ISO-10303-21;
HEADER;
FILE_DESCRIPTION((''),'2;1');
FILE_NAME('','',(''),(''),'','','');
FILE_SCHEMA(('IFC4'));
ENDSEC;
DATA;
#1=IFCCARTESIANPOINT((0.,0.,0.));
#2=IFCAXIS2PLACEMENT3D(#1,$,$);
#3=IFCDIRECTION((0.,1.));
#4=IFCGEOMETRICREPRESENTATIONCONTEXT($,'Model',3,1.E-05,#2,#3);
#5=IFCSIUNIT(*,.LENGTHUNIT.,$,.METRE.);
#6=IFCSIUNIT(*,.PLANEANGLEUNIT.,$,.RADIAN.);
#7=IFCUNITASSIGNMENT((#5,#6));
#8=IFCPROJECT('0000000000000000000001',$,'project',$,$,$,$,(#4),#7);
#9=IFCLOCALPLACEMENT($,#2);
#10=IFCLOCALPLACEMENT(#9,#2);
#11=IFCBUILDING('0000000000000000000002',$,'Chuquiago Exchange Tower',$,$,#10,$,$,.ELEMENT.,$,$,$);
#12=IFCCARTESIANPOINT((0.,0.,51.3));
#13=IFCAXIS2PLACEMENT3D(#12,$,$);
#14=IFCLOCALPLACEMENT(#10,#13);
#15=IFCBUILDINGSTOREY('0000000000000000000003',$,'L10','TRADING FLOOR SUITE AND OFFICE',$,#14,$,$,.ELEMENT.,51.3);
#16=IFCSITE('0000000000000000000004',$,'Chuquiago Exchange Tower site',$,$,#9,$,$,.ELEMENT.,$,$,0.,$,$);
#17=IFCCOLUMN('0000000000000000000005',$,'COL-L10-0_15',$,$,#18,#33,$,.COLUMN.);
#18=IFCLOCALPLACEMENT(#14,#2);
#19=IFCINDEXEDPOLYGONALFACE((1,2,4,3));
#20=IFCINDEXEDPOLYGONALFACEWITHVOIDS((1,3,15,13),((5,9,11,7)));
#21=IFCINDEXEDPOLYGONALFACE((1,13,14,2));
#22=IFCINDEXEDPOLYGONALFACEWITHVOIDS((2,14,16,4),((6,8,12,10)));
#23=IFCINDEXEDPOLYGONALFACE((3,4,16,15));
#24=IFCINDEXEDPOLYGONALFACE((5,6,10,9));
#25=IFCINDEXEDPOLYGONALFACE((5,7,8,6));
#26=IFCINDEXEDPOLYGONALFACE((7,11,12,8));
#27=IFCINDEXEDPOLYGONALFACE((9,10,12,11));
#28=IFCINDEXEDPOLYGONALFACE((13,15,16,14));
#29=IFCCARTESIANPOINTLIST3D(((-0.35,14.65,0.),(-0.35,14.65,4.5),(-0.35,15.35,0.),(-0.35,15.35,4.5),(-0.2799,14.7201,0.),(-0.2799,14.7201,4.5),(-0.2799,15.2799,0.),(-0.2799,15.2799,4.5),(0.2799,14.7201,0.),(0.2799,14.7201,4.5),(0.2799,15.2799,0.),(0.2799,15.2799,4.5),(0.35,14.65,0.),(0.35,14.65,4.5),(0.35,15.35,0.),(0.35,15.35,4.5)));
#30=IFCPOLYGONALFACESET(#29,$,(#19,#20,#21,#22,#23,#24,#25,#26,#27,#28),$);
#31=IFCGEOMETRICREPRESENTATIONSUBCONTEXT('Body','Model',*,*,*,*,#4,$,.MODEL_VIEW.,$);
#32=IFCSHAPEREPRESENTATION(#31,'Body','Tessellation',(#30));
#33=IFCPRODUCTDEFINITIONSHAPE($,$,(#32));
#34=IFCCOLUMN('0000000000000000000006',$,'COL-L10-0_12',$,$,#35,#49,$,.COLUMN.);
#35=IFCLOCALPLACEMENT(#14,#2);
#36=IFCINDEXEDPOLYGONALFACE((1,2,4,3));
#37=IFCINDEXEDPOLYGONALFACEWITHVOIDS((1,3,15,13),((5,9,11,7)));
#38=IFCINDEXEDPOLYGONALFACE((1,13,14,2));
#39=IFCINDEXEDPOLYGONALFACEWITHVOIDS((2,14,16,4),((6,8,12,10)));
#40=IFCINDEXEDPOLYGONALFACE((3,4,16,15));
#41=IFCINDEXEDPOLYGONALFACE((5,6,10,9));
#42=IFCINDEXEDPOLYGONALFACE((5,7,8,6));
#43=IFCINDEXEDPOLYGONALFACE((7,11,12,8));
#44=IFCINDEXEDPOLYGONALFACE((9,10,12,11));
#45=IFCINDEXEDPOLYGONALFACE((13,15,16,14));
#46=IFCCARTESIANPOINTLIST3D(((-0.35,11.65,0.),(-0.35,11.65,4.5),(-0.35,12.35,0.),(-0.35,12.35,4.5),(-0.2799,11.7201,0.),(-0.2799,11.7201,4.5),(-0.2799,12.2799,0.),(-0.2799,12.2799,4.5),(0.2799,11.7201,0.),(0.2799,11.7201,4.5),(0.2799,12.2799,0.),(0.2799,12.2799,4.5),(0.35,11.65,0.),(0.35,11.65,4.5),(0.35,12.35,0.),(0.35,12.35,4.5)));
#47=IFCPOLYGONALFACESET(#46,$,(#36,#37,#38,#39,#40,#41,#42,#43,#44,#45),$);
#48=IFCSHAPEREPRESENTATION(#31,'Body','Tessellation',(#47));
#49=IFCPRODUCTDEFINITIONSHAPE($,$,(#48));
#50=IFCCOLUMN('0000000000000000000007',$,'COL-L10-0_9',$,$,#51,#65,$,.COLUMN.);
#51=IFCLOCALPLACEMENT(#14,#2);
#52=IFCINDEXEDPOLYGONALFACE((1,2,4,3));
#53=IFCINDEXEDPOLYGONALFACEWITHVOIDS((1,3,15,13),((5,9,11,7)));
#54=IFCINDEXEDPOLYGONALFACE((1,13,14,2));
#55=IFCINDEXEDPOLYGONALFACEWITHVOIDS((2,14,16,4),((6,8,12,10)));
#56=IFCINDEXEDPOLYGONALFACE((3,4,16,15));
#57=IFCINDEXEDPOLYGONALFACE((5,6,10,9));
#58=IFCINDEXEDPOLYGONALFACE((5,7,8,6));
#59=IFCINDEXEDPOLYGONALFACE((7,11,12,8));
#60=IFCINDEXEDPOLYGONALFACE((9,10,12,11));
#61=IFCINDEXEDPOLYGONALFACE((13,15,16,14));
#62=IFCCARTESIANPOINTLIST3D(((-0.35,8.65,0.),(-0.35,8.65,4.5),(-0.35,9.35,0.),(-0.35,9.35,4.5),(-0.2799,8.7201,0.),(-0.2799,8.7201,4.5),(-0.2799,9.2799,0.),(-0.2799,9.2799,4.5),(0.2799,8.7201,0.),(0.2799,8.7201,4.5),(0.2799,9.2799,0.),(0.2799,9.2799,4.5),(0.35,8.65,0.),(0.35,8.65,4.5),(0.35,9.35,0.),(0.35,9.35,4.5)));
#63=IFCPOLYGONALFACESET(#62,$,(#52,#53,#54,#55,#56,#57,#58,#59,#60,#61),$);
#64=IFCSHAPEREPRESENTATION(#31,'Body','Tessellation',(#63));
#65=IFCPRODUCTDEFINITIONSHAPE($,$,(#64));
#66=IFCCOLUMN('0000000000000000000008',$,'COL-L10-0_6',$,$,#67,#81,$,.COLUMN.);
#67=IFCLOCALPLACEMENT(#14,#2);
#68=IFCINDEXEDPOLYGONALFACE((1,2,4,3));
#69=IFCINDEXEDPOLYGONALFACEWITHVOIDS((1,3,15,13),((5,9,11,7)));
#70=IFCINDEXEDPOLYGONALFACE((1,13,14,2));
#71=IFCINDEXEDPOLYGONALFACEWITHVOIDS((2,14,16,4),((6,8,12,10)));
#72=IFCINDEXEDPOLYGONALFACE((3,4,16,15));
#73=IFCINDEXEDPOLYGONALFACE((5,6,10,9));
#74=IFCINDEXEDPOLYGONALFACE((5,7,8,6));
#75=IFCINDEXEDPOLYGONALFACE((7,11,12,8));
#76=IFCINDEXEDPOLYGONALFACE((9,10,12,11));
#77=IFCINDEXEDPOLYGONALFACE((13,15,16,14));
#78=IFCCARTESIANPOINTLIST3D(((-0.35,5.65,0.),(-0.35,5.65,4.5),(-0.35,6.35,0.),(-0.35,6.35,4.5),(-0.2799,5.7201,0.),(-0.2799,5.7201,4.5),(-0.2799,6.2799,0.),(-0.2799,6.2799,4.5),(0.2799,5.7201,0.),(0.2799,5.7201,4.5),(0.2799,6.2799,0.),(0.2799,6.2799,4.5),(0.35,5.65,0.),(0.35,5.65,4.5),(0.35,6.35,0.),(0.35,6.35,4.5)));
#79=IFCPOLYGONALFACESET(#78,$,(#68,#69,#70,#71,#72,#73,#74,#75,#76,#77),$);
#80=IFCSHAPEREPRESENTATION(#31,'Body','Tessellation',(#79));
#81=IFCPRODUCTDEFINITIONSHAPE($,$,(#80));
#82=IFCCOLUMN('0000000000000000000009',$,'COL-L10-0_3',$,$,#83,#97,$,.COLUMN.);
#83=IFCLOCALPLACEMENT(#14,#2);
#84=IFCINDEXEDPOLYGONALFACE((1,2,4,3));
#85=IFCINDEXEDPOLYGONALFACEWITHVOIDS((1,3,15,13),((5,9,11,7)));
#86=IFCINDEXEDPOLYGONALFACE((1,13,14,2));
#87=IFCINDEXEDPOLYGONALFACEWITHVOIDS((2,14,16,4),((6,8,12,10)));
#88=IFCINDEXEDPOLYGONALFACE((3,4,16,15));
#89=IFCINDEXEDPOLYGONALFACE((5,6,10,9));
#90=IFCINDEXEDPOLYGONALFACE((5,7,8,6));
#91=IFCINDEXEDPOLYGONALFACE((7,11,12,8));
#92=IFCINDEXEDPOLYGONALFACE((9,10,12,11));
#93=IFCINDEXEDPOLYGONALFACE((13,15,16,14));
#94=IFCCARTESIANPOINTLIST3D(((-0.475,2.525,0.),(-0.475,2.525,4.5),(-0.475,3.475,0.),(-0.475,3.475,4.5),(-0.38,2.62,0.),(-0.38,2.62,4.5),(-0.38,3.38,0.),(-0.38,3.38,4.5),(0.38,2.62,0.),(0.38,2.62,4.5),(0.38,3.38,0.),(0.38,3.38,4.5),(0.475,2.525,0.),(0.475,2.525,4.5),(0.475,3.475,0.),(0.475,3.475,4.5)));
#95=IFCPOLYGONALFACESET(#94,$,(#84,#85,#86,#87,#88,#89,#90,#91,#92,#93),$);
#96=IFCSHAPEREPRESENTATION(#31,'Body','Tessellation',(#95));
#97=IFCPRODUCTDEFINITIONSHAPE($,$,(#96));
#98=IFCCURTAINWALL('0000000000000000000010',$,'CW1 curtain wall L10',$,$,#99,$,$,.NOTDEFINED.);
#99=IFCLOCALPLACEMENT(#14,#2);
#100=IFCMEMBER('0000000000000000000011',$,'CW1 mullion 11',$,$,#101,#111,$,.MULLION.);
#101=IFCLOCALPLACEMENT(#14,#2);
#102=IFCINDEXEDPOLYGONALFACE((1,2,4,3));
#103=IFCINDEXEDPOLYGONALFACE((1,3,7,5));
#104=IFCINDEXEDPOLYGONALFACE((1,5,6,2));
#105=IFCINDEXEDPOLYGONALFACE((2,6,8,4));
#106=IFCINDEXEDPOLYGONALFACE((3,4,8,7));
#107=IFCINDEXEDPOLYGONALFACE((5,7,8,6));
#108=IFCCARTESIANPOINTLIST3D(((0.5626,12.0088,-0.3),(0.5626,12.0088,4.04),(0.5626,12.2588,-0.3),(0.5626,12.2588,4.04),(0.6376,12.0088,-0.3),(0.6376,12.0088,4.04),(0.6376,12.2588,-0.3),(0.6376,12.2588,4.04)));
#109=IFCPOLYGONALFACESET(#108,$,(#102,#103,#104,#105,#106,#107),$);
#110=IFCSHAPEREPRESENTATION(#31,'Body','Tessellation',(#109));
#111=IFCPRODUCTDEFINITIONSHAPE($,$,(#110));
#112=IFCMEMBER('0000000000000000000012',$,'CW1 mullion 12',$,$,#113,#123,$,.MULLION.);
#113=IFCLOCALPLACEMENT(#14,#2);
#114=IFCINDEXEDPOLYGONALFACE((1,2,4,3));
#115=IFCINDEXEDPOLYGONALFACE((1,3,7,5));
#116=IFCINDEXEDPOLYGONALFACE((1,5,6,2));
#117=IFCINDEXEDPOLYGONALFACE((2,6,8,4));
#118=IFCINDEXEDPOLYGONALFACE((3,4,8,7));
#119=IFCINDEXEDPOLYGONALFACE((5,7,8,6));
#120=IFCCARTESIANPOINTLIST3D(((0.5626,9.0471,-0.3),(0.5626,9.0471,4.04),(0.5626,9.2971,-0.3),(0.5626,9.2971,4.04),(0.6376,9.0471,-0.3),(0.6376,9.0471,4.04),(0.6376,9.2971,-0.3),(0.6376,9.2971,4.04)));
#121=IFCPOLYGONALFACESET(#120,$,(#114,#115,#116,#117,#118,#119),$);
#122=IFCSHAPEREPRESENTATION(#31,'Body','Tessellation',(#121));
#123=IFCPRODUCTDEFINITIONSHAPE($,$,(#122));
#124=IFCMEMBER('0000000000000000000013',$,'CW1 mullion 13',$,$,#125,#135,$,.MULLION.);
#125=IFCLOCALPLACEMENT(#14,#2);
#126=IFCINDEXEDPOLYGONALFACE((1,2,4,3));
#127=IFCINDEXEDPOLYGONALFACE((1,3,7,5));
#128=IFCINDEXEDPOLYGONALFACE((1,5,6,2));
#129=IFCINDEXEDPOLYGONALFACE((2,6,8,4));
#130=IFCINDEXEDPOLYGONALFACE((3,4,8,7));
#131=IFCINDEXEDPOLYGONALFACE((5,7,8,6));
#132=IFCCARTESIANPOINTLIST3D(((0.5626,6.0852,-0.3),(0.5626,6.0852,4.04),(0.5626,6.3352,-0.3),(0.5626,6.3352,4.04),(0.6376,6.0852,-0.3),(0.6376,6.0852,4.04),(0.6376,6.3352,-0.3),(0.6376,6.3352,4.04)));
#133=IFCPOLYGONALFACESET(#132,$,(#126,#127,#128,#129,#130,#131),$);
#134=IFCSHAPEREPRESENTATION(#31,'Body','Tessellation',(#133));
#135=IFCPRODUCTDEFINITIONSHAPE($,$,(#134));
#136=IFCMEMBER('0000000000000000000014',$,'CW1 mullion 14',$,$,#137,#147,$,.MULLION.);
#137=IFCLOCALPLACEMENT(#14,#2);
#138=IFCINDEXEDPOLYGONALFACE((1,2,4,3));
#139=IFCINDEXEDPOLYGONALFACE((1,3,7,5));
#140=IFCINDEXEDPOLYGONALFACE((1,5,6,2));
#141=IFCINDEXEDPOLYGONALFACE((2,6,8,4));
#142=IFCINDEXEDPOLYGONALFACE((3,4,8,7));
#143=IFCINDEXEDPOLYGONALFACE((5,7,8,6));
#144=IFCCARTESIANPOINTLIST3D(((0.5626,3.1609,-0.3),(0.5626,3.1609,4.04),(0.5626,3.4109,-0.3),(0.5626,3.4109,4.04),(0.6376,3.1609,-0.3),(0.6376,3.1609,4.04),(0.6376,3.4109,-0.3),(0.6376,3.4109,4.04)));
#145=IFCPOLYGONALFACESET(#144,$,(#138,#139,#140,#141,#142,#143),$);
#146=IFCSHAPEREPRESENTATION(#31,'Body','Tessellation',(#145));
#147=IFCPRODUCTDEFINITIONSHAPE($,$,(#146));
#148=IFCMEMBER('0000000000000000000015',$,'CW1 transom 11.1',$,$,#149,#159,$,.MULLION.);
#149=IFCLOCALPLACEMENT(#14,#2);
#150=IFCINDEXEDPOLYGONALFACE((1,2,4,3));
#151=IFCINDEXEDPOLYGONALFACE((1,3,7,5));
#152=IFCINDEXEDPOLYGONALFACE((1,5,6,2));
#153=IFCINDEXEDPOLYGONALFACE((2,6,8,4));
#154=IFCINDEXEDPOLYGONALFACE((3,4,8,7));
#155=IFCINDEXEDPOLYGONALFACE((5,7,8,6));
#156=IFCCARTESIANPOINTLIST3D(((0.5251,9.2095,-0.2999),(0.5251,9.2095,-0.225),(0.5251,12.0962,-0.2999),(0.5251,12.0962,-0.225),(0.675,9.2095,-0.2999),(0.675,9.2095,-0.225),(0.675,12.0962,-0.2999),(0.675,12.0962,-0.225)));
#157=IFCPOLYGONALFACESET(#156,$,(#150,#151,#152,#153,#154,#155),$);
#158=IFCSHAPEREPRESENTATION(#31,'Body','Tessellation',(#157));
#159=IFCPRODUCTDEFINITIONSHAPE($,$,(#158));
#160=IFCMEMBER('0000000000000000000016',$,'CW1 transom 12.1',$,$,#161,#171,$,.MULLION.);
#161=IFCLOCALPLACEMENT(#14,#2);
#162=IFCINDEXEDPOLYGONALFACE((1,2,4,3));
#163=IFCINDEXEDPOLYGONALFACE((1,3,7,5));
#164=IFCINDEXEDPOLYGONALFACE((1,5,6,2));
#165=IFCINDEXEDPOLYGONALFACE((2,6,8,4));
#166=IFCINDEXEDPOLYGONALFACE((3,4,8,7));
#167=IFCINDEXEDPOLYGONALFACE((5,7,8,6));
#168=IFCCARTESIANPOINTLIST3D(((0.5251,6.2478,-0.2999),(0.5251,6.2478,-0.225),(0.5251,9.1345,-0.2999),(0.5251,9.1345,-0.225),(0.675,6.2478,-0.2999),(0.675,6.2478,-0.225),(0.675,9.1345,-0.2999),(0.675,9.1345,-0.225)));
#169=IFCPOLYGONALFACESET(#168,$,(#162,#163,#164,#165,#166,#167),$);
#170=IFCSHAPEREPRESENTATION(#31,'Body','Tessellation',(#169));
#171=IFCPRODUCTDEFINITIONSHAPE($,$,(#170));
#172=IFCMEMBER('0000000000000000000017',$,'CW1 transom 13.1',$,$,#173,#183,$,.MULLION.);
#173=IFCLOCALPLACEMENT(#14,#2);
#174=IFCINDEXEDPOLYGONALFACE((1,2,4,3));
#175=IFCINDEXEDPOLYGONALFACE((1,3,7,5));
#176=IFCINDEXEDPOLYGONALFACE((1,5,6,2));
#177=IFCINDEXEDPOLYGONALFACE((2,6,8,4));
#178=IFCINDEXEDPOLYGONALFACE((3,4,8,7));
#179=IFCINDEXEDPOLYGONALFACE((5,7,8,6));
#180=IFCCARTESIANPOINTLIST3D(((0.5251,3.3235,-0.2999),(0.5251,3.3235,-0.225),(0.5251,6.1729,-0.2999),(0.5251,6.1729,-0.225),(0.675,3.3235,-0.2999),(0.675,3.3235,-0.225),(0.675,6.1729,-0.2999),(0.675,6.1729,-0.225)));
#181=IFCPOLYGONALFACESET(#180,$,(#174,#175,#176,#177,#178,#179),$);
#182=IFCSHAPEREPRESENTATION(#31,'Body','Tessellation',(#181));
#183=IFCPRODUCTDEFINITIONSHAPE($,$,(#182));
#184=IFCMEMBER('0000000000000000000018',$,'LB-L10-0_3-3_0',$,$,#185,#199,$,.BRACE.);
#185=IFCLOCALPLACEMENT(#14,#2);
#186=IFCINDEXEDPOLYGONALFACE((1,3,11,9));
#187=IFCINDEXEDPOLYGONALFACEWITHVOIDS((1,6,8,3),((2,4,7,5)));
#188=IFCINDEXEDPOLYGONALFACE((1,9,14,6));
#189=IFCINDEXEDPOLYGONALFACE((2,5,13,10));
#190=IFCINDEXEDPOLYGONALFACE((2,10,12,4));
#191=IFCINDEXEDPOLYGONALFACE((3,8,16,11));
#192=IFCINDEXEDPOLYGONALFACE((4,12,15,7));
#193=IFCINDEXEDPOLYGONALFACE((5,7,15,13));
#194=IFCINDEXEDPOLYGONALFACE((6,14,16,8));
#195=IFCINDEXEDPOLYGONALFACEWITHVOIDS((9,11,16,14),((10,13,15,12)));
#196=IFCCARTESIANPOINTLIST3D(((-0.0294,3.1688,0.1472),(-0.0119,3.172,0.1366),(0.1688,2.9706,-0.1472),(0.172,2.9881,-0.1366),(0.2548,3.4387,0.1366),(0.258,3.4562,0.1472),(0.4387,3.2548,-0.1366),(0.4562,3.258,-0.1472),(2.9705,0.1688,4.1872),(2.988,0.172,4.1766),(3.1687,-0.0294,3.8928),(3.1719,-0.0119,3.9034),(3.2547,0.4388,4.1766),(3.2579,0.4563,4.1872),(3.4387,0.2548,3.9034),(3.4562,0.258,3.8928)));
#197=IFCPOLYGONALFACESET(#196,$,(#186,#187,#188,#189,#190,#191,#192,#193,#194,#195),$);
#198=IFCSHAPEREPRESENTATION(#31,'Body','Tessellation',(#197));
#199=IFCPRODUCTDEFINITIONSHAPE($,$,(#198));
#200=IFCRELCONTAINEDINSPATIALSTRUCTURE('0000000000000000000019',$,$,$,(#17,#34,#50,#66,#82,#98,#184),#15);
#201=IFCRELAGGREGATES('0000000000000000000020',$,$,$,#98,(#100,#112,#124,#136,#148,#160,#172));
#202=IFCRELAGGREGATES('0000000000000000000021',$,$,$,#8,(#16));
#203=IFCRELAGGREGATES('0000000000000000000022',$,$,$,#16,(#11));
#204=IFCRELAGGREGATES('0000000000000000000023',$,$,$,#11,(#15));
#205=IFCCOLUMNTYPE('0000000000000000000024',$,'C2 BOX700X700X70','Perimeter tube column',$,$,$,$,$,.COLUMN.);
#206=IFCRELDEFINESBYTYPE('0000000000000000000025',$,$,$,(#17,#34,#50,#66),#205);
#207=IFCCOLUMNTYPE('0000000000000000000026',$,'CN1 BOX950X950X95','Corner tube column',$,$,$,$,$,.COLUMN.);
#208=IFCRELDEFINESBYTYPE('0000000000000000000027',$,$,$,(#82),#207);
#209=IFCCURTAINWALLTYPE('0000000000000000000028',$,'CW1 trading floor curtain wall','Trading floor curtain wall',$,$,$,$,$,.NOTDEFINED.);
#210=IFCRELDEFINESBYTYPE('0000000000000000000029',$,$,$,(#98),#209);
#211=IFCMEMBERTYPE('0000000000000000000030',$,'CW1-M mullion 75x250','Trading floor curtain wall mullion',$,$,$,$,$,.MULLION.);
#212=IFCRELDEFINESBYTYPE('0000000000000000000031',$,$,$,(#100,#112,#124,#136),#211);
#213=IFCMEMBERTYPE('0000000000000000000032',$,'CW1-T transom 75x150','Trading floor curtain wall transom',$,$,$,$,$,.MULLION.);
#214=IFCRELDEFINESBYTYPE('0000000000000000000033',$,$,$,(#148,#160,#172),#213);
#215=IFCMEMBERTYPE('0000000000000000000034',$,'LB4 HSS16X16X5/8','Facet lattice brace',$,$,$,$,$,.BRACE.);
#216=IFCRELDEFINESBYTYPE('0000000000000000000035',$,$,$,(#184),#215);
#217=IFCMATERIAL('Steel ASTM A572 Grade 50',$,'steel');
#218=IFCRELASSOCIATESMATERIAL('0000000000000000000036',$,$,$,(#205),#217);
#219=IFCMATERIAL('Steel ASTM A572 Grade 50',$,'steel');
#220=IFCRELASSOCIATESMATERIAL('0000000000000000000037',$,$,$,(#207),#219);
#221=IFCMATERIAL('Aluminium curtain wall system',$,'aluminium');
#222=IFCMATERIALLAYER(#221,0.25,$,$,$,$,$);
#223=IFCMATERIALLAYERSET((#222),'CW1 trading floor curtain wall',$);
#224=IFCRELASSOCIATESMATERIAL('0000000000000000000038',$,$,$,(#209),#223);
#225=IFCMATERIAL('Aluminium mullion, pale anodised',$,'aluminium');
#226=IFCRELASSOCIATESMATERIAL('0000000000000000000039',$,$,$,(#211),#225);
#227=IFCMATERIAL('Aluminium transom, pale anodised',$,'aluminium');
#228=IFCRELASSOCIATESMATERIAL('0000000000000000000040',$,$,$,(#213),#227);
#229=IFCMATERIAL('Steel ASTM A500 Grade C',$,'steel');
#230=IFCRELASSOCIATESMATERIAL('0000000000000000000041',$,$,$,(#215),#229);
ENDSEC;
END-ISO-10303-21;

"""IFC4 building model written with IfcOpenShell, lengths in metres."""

from ifc_helpers import new_model, si_unit, direction, frame, origin, origin_2d, place, context, subcontext, project, spatial, rectangle, hollow_rectangle, extrude, material, layer, layer_set, material_profile, profile_set, type_object, element, aggregate, save


model = new_model("IFC4")

# Units and contexts
model_context = context("Model", 3, precision=1e-05, world=origin(), true_north=direction((0.0, 1.0)))
body_context = subcontext(model_context, "Body", "Model", "MODEL_VIEW")
ifc_project = project(units=[si_unit("LENGTHUNIT", "METRE"), si_unit("PLANEANGLEUNIT", "RADIAN")], contexts=[model_context])

# Site, building, storey
site_placement = place(None, origin())
site = spatial("IfcSite", under=ifc_project, at=site_placement, Name="Chuquiago Exchange Tower site", CompositionType="ELEMENT", RefElevation=0.0)
building_placement = place(site_placement, origin())
building = spatial("IfcBuilding", under=site, at=building_placement, Name="Chuquiago Exchange Tower", CompositionType="ELEMENT")
storey_placement = place(building_placement, frame((0.0, 0.0, 51.3)))
storey = spatial("IfcBuildingStorey", under=building, at=storey_placement, Name="L10", Description="TRADING FLOOR SUITE AND OFFICE", CompositionType="ELEMENT", Elevation=51.3)

# Columns
ifc_material_1 = material(Name="Steel ASTM A572 Grade 50", Category="steel")
ifc_material_profile_1 = material_profile(ifc_material_1, hollow_rectangle(XDim=0.7, YDim=0.7, WallThickness=0.0701, at=origin_2d()), Name="BOX700X700X70")
ifc_profile_set_1 = profile_set([ifc_material_profile_1], Name="Steel ASTM A572 Grade 50")
column_type_1 = type_object("IfcColumnType", Name="C2 BOX700X700X70", Description="Perimeter tube column", PredefinedType="COLUMN", material=ifc_profile_set_1)
for number, where, z_axis, x_axis, name in (
    (1, (0.0, 15.0, 0.0), (0.0, 0.0, 1.0), (-1.0, 0.0, 0.0), "COL-L10-0_15"),
    (2, (0.0, 12.0, 0.0), (0.0, 0.0, 1.0), (-1.0, 0.0, 0.0), "COL-L10-0_12"),
    (3, (0.0, 9.0, 0.0), (0.0, 0.0, 1.0), (-1.0, 0.0, 0.0), "COL-L10-0_9"),
    (4, (0.0, 6.0, 0.0), (0.0, 0.0, 1.0), (-1.0, 0.0, 0.0), "COL-L10-0_6"),
):
    element("IfcColumn", number, at=place(storey_placement, frame(where, z_axis=z_axis, x_axis=x_axis)), inside=storey, type_object=column_type_1, Name=name, PredefinedType="COLUMN", context=body_context, shape_type="SweptSolid", body=[
        extrude(hollow_rectangle(XDim=0.7, YDim=0.7, WallThickness=0.0701, at=origin_2d()), origin(), (0.0, 0.0, 1.0), 4.5),
    ])
ifc_material_2 = material(Name="Steel ASTM A572 Grade 50", Category="steel")
ifc_material_profile_2 = material_profile(ifc_material_2, hollow_rectangle(XDim=0.95, YDim=0.95, WallThickness=0.095, at=origin_2d()), Name="BOX950X950X95")
ifc_profile_set_2 = profile_set([ifc_material_profile_2], Name="Steel ASTM A572 Grade 50")
column_type_2 = type_object("IfcColumnType", Name="CN1 BOX950X950X95", Description="Corner tube column", PredefinedType="COLUMN", material=ifc_profile_set_2)
column_placement = place(storey_placement, frame((0.0, 3.0, 0.0), z_axis=(0.0, 0.0, 1.0), x_axis=(-1.0, 0.0, 0.0)))
element("IfcColumn", 5, at=column_placement, inside=storey, type_object=column_type_2, Name="COL-L10-0_3", PredefinedType="COLUMN", context=body_context, shape_type="SweptSolid", body=[
    extrude(hollow_rectangle(XDim=0.95, YDim=0.95, WallThickness=0.095, at=origin_2d()), origin(), (0.0, 0.0, 1.0), 4.5),
])

# Curtain wall, members
ifc_material_3 = material(Name="Aluminium curtain wall system", Category="aluminium")
ifc_layer_1 = layer(ifc_material_3, 0.25)
ifc_layer_set_1 = layer_set([ifc_layer_1], Name="CW1 trading floor curtain wall")
curtain_wall_type = type_object("IfcCurtainWallType", Name="CW1 trading floor curtain wall", Description="Trading floor curtain wall", PredefinedType="NOTDEFINED", material=ifc_layer_set_1)
curtain_wall_placement = place(storey_placement, origin())
curtain_wall = element("IfcCurtainWall", 6, at=curtain_wall_placement, inside=storey, type_object=curtain_wall_type, Name="CW1 curtain wall L10", PredefinedType="NOTDEFINED")
ifc_material_4 = material(Name="Aluminium mullion, pale anodised", Category="aluminium")
ifc_material_profile_3 = material_profile(ifc_material_4, rectangle(XDim=0.075, YDim=0.25, at=origin_2d()), Name="AL 75x250")
ifc_profile_set_3 = profile_set([ifc_material_profile_3], Name="Aluminium mullion, pale anodised")
member_type_1 = type_object("IfcMemberType", Name="CW1-M mullion 75x250", Description="Trading floor curtain wall mullion", PredefinedType="MULLION", material=ifc_profile_set_3)
member_1_placement = place(storey_placement, frame((0.6001, 12.1338, -0.3), z_axis=(0.0, 0.0, 1.0), x_axis=(1.0, 0.0, 0.0)))
member_1 = element("IfcMember", 7, at=member_1_placement, type_object=member_type_1, Name="CW1 mullion 11", PredefinedType="MULLION", context=body_context, shape_type="SweptSolid", body=[
    extrude(rectangle(XDim=0.075, YDim=0.25, at=origin_2d()), origin(), (0.0, 0.0, 1.0), 4.3401),
])
member_2_placement = place(storey_placement, frame((0.6001, 9.1721, -0.3), z_axis=(0.0, 0.0, 1.0), x_axis=(1.0, 0.0, 0.0)))
member_2 = element("IfcMember", 8, at=member_2_placement, type_object=member_type_1, Name="CW1 mullion 12", PredefinedType="MULLION", context=body_context, shape_type="SweptSolid", body=[
    extrude(rectangle(XDim=0.075, YDim=0.25, at=origin_2d()), origin(), (0.0, 0.0, 1.0), 4.3401),
])
member_3_placement = place(storey_placement, frame((0.6001, 6.2102, -0.3), z_axis=(0.0, 0.0, 1.0), x_axis=(1.0, 0.0, 0.0)))
member_3 = element("IfcMember", 9, at=member_3_placement, type_object=member_type_1, Name="CW1 mullion 13", PredefinedType="MULLION", context=body_context, shape_type="SweptSolid", body=[
    extrude(rectangle(XDim=0.075, YDim=0.25, at=origin_2d()), origin(), (0.0, 0.0, 1.0), 4.3401),
])
member_4_placement = place(storey_placement, frame((0.6001, 3.2859, -0.3), z_axis=(0.0, 0.0, 1.0), x_axis=(1.0, 0.0, 0.0)))
member_4 = element("IfcMember", 10, at=member_4_placement, type_object=member_type_1, Name="CW1 mullion 14", PredefinedType="MULLION", context=body_context, shape_type="SweptSolid", body=[
    extrude(rectangle(XDim=0.075, YDim=0.25, at=origin_2d()), origin(), (0.0, 0.0, 1.0), 4.3401),
])
ifc_material_5 = material(Name="Aluminium transom, pale anodised", Category="aluminium")
ifc_material_profile_4 = material_profile(ifc_material_5, rectangle(XDim=0.1499, YDim=0.075, at=origin_2d()), Name="AL 150x75")
ifc_profile_set_4 = profile_set([ifc_material_profile_4], Name="Aluminium transom, pale anodised")
member_type_2 = type_object("IfcMemberType", Name="CW1-T transom 75x150", Description="Trading floor curtain wall transom", PredefinedType="MULLION", material=ifc_profile_set_4)
member_5_placement = place(storey_placement, frame((0.6001, 12.0962, -0.2625), z_axis=(0.0, -1.0, 0.0), x_axis=(1.0, 0.0, 0.0)))
member_5 = element("IfcMember", 11, at=member_5_placement, type_object=member_type_2, Name="CW1 transom 11.1", PredefinedType="MULLION", context=body_context, shape_type="SweptSolid", body=[
    extrude(rectangle(XDim=0.1499, YDim=0.075, at=origin_2d()), origin(), (0.0, 0.0, 1.0), 2.8867),
])
member_6_placement = place(storey_placement, frame((0.6001, 9.1345, -0.2625), z_axis=(0.0, -1.0, 0.0), x_axis=(1.0, 0.0, 0.0)))
member_6 = element("IfcMember", 12, at=member_6_placement, type_object=member_type_2, Name="CW1 transom 12.1", PredefinedType="MULLION", context=body_context, shape_type="SweptSolid", body=[
    extrude(rectangle(XDim=0.1499, YDim=0.075, at=origin_2d()), origin(), (0.0, 0.0, 1.0), 2.8867),
])
member_7_placement = place(storey_placement, frame((0.6001, 6.1729, -0.2625), z_axis=(0.0, -1.0, 0.0), x_axis=(1.0, 0.0, 0.0)))
member_7 = element("IfcMember", 13, at=member_7_placement, type_object=member_type_2, Name="CW1 transom 13.1", PredefinedType="MULLION", context=body_context, shape_type="SweptSolid", body=[
    extrude(rectangle(XDim=0.1499, YDim=0.075, at=origin_2d()), origin(), (0.0, 0.0, 1.0), 2.8494),
])

# Member
ifc_material_6 = material(Name="Steel ASTM A500 Grade C", Category="steel")
ifc_material_profile_5 = material_profile(ifc_material_6, hollow_rectangle(XDim=0.4065, YDim=0.4065, WallThickness=0.0146, at=origin_2d()), Name="HSS16X16X5/8")
ifc_profile_set_5 = profile_set([ifc_material_profile_5], Name="Steel ASTM A500 Grade C")
member_type_3 = type_object("IfcMemberType", Name="LB4 HSS16X16X5/8", Description="Facet lattice brace", PredefinedType="BRACE", material=ifc_profile_set_5)
member_8_placement = place(storey_placement, frame((0.2134, 3.2134, 0.0), z_axis=(0.512077, -0.512077, 0.689604), x_axis=(0.707107, 0.707107, 0.0)))
element("IfcMember", 14, at=member_8_placement, inside=storey, type_object=member_type_3, Name="LB-L10-0_3-3_0", PredefinedType="BRACE", context=body_context, shape_type="SweptSolid", body=[
    extrude(hollow_rectangle(XDim=0.4065, YDim=0.4065, WallThickness=0.0146, at=origin_2d()), origin(), (0.0, 0.0, 1.0), 5.8584),
])

aggregate(curtain_wall, [member_1, member_2, member_3, member_4, member_5, member_6, member_7])

save(model, "model.ifc")
